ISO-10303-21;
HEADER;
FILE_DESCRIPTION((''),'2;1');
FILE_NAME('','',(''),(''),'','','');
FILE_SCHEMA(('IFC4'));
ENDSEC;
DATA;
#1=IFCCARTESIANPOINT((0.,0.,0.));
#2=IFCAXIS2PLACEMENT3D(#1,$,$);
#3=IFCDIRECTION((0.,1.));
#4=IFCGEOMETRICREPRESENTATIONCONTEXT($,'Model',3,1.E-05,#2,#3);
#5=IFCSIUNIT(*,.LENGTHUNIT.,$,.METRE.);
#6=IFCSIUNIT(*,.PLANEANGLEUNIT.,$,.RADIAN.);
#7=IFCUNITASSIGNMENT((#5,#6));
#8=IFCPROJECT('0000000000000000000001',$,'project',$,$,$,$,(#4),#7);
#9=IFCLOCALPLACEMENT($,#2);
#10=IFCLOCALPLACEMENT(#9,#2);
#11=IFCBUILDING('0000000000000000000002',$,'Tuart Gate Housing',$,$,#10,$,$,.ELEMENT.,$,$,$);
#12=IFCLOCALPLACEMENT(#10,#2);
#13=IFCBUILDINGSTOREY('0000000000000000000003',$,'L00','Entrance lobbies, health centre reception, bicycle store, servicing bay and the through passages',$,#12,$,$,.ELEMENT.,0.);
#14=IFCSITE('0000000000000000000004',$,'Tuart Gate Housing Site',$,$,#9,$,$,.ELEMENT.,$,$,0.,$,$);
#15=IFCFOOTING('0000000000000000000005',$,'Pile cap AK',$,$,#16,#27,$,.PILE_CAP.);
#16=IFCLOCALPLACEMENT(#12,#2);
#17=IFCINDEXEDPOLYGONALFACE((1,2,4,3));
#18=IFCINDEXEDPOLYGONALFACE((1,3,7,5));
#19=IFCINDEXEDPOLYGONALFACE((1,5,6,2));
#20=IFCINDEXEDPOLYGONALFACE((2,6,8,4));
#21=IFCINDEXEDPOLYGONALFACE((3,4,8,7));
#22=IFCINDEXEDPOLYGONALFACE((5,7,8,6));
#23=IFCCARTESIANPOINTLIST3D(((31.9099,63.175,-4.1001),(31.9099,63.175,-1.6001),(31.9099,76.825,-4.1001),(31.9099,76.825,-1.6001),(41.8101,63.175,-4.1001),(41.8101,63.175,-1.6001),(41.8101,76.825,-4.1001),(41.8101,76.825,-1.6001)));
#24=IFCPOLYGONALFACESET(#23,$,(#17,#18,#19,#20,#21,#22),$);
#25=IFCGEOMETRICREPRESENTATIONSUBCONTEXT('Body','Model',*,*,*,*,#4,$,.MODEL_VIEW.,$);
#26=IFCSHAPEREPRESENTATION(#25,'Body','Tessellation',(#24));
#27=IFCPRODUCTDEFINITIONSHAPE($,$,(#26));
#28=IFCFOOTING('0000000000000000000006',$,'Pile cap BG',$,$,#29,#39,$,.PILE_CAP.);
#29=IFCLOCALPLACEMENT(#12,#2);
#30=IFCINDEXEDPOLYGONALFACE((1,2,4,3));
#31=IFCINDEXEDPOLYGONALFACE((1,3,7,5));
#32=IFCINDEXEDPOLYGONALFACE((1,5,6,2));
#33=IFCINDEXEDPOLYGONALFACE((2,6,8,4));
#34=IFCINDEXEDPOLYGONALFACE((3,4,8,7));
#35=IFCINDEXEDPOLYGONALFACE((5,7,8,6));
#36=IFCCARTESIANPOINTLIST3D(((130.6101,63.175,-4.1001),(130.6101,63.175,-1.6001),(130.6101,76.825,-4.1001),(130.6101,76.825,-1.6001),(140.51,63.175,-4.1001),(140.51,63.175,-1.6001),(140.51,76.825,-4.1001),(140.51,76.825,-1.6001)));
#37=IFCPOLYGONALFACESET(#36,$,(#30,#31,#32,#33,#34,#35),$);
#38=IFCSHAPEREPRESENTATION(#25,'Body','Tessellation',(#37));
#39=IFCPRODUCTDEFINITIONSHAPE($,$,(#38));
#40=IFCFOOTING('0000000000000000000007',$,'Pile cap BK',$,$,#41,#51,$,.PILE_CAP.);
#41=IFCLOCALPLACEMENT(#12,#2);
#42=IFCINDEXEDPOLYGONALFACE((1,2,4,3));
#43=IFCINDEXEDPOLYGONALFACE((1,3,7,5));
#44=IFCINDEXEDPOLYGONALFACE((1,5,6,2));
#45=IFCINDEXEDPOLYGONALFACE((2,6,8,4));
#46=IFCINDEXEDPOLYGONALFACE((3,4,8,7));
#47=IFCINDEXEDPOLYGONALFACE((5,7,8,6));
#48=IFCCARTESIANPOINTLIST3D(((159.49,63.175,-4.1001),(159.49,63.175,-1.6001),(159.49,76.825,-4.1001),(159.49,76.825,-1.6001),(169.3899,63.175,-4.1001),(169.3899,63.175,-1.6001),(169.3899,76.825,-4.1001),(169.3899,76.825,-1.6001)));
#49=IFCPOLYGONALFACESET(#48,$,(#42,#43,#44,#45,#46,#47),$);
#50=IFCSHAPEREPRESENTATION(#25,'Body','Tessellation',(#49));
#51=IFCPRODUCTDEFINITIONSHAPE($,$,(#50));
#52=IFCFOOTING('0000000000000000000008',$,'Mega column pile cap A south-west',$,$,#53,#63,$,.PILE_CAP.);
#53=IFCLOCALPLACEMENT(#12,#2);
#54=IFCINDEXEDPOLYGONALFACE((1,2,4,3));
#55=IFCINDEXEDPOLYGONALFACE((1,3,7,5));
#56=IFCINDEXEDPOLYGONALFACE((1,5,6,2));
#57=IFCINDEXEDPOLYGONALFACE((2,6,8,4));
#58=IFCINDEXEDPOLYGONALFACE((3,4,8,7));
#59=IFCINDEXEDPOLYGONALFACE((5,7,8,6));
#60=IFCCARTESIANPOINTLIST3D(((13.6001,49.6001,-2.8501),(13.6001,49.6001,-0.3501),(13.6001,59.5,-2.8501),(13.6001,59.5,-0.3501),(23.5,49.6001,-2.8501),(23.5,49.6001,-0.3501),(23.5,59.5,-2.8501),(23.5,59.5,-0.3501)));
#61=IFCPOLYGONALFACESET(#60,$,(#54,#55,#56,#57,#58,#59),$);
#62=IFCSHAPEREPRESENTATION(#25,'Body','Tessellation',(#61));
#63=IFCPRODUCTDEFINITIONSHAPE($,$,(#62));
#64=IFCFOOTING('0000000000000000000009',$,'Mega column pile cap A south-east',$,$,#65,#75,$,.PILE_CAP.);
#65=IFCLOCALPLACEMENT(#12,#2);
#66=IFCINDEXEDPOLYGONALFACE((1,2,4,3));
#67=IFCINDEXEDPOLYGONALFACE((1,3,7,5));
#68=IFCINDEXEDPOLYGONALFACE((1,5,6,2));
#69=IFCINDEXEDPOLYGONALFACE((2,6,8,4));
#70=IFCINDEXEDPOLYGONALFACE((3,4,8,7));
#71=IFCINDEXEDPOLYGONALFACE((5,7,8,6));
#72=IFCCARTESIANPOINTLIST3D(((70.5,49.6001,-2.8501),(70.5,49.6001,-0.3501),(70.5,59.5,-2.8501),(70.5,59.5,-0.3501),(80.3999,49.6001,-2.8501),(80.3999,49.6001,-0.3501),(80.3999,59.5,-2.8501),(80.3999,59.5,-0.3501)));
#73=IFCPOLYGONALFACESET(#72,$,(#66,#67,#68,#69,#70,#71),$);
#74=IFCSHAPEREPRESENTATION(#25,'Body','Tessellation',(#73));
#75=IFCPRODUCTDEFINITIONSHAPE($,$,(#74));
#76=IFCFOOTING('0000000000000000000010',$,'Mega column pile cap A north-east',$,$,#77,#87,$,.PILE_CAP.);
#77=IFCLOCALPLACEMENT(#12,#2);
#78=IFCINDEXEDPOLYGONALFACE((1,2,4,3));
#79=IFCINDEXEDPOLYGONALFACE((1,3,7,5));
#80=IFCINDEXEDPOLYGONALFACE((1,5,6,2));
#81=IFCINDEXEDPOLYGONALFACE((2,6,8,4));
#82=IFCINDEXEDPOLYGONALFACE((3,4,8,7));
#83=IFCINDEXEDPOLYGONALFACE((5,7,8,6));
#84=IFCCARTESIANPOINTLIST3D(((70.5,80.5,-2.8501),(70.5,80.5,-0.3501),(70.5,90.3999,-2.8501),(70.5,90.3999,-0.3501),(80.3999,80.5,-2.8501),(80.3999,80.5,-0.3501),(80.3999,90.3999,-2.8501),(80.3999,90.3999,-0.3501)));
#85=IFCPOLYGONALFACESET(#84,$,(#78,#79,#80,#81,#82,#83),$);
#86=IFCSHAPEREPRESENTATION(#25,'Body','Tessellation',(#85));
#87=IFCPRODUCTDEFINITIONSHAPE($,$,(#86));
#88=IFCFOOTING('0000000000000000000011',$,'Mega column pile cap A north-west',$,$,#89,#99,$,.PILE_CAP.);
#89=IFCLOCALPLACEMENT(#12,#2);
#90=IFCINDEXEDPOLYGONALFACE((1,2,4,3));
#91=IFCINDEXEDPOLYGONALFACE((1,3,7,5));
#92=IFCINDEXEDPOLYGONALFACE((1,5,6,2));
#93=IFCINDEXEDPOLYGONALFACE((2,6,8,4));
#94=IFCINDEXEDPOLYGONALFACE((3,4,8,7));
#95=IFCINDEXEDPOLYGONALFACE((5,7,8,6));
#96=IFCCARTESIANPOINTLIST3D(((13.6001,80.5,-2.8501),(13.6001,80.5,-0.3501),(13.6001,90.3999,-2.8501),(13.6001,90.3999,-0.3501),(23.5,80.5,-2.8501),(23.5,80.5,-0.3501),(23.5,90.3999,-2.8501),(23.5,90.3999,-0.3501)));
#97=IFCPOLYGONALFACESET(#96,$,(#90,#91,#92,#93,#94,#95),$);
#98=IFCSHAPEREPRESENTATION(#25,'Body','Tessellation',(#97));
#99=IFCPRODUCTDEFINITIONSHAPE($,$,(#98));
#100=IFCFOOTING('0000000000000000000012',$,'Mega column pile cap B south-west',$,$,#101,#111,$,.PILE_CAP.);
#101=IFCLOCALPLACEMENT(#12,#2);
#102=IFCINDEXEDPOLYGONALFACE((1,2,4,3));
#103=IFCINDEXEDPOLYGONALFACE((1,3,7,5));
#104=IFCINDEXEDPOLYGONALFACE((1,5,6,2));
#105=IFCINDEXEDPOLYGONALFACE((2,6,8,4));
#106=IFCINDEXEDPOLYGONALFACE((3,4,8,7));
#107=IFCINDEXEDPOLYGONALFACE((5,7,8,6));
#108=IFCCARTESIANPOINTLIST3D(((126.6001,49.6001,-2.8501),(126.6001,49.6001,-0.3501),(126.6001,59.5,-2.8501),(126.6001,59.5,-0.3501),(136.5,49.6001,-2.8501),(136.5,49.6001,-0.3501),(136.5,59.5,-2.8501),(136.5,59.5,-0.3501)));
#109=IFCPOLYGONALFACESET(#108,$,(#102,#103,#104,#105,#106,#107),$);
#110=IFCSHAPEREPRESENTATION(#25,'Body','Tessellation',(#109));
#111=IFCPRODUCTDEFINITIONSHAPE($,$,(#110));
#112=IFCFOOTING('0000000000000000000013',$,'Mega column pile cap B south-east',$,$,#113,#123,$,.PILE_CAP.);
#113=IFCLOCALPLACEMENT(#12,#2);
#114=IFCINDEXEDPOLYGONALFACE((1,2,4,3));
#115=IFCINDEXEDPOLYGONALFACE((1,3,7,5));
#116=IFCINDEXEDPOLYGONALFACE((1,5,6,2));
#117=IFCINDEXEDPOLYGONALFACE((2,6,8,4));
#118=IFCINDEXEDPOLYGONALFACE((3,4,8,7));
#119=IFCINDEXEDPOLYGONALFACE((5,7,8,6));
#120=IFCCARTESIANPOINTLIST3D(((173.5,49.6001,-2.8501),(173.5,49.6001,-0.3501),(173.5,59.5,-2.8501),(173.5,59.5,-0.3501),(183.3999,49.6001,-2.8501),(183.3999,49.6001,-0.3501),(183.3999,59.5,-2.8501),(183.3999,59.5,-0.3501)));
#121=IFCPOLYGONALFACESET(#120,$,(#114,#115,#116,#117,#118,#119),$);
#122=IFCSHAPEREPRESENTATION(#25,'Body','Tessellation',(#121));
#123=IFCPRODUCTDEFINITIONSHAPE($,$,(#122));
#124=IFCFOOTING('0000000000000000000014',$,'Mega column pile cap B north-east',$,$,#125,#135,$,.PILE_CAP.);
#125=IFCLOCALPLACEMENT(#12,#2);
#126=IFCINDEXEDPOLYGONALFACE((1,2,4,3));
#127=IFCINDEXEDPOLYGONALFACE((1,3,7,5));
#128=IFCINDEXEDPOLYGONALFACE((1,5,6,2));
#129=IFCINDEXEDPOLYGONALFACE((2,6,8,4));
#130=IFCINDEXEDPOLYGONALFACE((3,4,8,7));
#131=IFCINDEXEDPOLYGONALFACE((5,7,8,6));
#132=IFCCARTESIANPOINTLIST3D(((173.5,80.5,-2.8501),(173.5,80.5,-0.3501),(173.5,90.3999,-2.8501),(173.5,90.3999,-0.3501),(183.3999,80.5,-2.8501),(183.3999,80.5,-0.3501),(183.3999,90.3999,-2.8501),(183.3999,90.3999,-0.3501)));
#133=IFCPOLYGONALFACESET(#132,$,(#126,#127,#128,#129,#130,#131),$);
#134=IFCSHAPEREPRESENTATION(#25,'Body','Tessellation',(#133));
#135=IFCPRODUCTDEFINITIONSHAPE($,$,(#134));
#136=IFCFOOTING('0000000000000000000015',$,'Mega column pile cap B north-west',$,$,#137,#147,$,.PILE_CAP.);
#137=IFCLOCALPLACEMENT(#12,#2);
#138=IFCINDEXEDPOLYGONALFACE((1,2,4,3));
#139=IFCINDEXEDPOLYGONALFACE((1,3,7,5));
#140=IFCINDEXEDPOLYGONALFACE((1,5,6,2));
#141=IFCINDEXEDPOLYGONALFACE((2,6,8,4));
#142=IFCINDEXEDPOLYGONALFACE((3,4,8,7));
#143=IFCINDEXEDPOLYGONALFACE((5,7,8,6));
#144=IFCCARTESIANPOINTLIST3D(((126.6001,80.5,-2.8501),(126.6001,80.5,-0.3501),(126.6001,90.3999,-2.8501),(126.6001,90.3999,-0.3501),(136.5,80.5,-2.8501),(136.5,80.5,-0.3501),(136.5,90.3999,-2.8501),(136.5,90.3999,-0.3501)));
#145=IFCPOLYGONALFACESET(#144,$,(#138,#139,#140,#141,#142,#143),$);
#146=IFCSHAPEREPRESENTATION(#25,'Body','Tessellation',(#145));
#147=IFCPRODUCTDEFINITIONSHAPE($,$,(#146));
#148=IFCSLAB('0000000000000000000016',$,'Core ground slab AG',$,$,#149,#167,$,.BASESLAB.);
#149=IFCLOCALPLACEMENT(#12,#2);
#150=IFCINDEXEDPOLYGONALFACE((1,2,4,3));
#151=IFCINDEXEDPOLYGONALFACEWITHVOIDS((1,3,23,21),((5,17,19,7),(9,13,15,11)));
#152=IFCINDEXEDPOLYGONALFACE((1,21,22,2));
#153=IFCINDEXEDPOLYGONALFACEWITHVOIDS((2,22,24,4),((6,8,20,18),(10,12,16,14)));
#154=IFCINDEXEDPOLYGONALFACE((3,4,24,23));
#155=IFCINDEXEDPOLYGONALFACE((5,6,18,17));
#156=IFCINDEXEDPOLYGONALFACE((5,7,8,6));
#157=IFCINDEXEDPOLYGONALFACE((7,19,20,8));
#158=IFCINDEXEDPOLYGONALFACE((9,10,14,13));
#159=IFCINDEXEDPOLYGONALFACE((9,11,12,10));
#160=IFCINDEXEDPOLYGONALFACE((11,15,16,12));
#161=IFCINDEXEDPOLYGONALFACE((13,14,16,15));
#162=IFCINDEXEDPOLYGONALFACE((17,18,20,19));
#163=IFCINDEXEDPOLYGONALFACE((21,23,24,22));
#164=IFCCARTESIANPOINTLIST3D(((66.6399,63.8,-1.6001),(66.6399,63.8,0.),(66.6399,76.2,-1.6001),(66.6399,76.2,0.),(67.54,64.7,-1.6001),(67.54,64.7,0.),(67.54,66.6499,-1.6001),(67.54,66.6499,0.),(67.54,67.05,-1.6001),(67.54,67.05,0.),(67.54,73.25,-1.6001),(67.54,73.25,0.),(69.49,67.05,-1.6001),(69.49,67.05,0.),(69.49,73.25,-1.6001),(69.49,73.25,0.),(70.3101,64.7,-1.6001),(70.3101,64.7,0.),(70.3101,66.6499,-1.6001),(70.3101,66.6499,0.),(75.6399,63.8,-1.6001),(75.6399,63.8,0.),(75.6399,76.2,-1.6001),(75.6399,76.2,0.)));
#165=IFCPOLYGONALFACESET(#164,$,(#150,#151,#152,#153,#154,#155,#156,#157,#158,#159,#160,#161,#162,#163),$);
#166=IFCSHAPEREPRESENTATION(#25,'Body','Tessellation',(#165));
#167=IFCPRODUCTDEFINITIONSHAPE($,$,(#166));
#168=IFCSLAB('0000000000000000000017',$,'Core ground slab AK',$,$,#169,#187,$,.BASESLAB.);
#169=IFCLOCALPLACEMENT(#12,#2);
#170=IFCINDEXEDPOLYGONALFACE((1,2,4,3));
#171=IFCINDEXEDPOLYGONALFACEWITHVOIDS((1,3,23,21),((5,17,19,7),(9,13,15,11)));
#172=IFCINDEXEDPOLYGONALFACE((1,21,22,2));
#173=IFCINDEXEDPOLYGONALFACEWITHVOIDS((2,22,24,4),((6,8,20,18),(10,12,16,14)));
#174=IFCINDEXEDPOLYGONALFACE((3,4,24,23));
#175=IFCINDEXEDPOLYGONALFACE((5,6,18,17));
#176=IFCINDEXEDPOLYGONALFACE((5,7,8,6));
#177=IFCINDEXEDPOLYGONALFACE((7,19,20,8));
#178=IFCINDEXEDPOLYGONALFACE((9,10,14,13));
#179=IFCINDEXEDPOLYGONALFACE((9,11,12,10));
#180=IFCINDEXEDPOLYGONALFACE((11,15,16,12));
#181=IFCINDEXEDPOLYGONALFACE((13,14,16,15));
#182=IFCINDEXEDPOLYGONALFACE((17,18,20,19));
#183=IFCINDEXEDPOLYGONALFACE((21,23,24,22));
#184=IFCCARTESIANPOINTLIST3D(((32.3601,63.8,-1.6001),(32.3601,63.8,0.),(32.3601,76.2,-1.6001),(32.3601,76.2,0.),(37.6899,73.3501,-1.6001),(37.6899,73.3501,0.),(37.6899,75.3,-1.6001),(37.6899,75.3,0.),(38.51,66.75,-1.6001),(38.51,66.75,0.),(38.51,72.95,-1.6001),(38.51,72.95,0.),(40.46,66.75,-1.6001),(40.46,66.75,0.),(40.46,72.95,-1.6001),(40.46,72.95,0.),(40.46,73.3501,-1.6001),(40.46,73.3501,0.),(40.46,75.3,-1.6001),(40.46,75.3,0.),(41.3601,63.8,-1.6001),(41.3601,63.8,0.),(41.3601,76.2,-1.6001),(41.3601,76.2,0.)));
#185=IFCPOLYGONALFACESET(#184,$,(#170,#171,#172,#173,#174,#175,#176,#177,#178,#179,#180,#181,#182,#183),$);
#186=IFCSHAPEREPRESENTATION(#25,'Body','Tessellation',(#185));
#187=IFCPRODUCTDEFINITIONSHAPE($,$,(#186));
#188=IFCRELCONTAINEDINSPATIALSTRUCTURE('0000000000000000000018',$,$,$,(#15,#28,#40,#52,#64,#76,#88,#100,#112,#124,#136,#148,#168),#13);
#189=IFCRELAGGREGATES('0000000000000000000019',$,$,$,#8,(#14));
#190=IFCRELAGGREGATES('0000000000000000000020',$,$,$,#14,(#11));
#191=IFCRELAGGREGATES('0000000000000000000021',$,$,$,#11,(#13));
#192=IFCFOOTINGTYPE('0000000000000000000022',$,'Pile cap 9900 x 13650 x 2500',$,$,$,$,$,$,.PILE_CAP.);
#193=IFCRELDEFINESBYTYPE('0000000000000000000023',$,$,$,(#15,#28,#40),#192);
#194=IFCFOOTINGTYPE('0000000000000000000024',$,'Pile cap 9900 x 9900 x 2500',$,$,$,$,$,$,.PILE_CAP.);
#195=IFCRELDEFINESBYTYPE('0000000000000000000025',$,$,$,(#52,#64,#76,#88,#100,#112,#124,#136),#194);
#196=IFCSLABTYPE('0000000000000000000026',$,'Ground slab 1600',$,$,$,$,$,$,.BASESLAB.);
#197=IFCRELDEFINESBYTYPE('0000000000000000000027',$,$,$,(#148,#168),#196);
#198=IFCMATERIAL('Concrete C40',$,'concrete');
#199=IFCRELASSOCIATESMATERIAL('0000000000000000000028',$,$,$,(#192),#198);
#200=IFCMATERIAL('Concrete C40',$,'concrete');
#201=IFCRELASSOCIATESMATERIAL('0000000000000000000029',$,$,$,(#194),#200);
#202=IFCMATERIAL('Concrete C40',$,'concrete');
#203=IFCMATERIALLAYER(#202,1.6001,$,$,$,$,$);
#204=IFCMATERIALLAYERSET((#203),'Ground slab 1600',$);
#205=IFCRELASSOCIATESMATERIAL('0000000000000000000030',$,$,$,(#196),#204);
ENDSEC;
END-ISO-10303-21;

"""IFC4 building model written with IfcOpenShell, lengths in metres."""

from ifc_helpers import new_model, si_unit, direction, frame, origin, place, context, subcontext, project, spatial, polyline, outline, extrude, material, layer, layer_set, type_object, element, save


model = new_model("IFC4")

# Units and contexts
model_context = context("Model", 3, precision=1e-05, world=origin(), true_north=direction((0.0, 1.0)))
body_context = subcontext(model_context, "Body", "Model", "MODEL_VIEW")
ifc_project = project(units=[si_unit("LENGTHUNIT", "METRE"), si_unit("PLANEANGLEUNIT", "RADIAN")], contexts=[model_context])

# Site, building, storey
site_placement = place(None, origin())
site = spatial("IfcSite", under=ifc_project, at=site_placement, Name="Tuart Gate Housing Site", CompositionType="ELEMENT", RefElevation=0.0)
building_placement = place(site_placement, origin())
building = spatial("IfcBuilding", under=site, at=building_placement, Name="Tuart Gate Housing", CompositionType="ELEMENT")
storey_placement = place(building_placement, origin())
storey = spatial("IfcBuildingStorey", under=building, at=storey_placement, Name="L00", Description="Entrance lobbies, health centre reception, bicycle store, servicing bay and the through passages", CompositionType="ELEMENT", Elevation=0.0)

# Footings
ifc_material_1 = material(Name="Concrete C40", Category="concrete")
footing_type_1 = type_object("IfcFootingType", Name="Pile cap 9900 x 13650 x 2500", PredefinedType="PILE_CAP", material=ifc_material_1)
footing_1_placement = place(storey_placement, frame((0.0, 0.0, -4.1001)))
element("IfcFooting", 1, at=footing_1_placement, inside=storey, type_object=footing_type_1, Name="Pile cap AK", PredefinedType="PILE_CAP", context=body_context, shape_type="SweptSolid", body=[
    extrude(outline(polyline([(31.9099, 63.175), (41.8101, 63.175), (41.8101, 76.825), (31.9099, 76.825), (31.9099, 63.175)])), origin(), (0.0, 0.0, 1.0), 2.5),
])
footing_2_placement = place(storey_placement, frame((0.0, 0.0, -4.1001)))
element("IfcFooting", 2, at=footing_2_placement, inside=storey, type_object=footing_type_1, Name="Pile cap BG", PredefinedType="PILE_CAP", context=body_context, shape_type="SweptSolid", body=[
    extrude(outline(polyline([(130.6101, 63.175), (140.51, 63.175), (140.51, 76.825), (130.6101, 76.825), (130.6101, 63.175)])), origin(), (0.0, 0.0, 1.0), 2.5),
])
footing_3_placement = place(storey_placement, frame((0.0, 0.0, -4.1001)))
element("IfcFooting", 3, at=footing_3_placement, inside=storey, type_object=footing_type_1, Name="Pile cap BK", PredefinedType="PILE_CAP", context=body_context, shape_type="SweptSolid", body=[
    extrude(outline(polyline([(159.49, 63.175), (169.3899, 63.175), (169.3899, 76.825), (159.49, 76.825), (159.49, 63.175)])), origin(), (0.0, 0.0, 1.0), 2.5),
])
ifc_material_2 = material(Name="Concrete C40", Category="concrete")
footing_type_2 = type_object("IfcFootingType", Name="Pile cap 9900 x 9900 x 2500", PredefinedType="PILE_CAP", material=ifc_material_2)
footing_4_placement = place(storey_placement, frame((0.0, 0.0, -2.8501)))
element("IfcFooting", 4, at=footing_4_placement, inside=storey, type_object=footing_type_2, Name="Mega column pile cap A south-west", PredefinedType="PILE_CAP", context=body_context, shape_type="SweptSolid", body=[
    extrude(outline(polyline([(13.6001, 49.6001), (23.5, 49.6001), (23.5, 59.5), (13.6001, 59.5), (13.6001, 49.6001)])), origin(), (0.0, 0.0, 1.0), 2.5),
])
footing_5_placement = place(storey_placement, frame((0.0, 0.0, -2.8501)))
element("IfcFooting", 5, at=footing_5_placement, inside=storey, type_object=footing_type_2, Name="Mega column pile cap A south-east", PredefinedType="PILE_CAP", context=body_context, shape_type="SweptSolid", body=[
    extrude(outline(polyline([(70.5, 49.6001), (80.3999, 49.6001), (80.3999, 59.5), (70.5, 59.5), (70.5, 49.6001)])), origin(), (0.0, 0.0, 1.0), 2.5),
])
footing_6_placement = place(storey_placement, frame((0.0, 0.0, -2.8501)))
element("IfcFooting", 6, at=footing_6_placement, inside=storey, type_object=footing_type_2, Name="Mega column pile cap A north-east", PredefinedType="PILE_CAP", context=body_context, shape_type="SweptSolid", body=[
    extrude(outline(polyline([(70.5, 80.5), (80.3999, 80.5), (80.3999, 90.3999), (70.5, 90.3999), (70.5, 80.5)])), origin(), (0.0, 0.0, 1.0), 2.5),
])
footing_7_placement = place(storey_placement, frame((0.0, 0.0, -2.8501)))
element("IfcFooting", 7, at=footing_7_placement, inside=storey, type_object=footing_type_2, Name="Mega column pile cap A north-west", PredefinedType="PILE_CAP", context=body_context, shape_type="SweptSolid", body=[
    extrude(outline(polyline([(13.6001, 80.5), (23.5, 80.5), (23.5, 90.3999), (13.6001, 90.3999), (13.6001, 80.5)])), origin(), (0.0, 0.0, 1.0), 2.5),
])
footing_8_placement = place(storey_placement, frame((0.0, 0.0, -2.8501)))
element("IfcFooting", 8, at=footing_8_placement, inside=storey, type_object=footing_type_2, Name="Mega column pile cap B south-west", PredefinedType="PILE_CAP", context=body_context, shape_type="SweptSolid", body=[
    extrude(outline(polyline([(126.6001, 49.6001), (136.5, 49.6001), (136.5, 59.5), (126.6001, 59.5), (126.6001, 49.6001)])), origin(), (0.0, 0.0, 1.0), 2.5),
])
footing_9_placement = place(storey_placement, frame((0.0, 0.0, -2.8501)))
element("IfcFooting", 9, at=footing_9_placement, inside=storey, type_object=footing_type_2, Name="Mega column pile cap B south-east", PredefinedType="PILE_CAP", context=body_context, shape_type="SweptSolid", body=[
    extrude(outline(polyline([(173.5, 49.6001), (183.3999, 49.6001), (183.3999, 59.5), (173.5, 59.5), (173.5, 49.6001)])), origin(), (0.0, 0.0, 1.0), 2.5),
])
footing_10_placement = place(storey_placement, frame((0.0, 0.0, -2.8501)))
element("IfcFooting", 10, at=footing_10_placement, inside=storey, type_object=footing_type_2, Name="Mega column pile cap B north-east", PredefinedType="PILE_CAP", context=body_context, shape_type="SweptSolid", body=[
    extrude(outline(polyline([(173.5, 80.5), (183.3999, 80.5), (183.3999, 90.3999), (173.5, 90.3999), (173.5, 80.5)])), origin(), (0.0, 0.0, 1.0), 2.5),
])
footing_11_placement = place(storey_placement, frame((0.0, 0.0, -2.8501)))
element("IfcFooting", 11, at=footing_11_placement, inside=storey, type_object=footing_type_2, Name="Mega column pile cap B north-west", PredefinedType="PILE_CAP", context=body_context, shape_type="SweptSolid", body=[
    extrude(outline(polyline([(126.6001, 80.5), (136.5, 80.5), (136.5, 90.3999), (126.6001, 90.3999), (126.6001, 80.5)])), origin(), (0.0, 0.0, 1.0), 2.5),
])

# Slabs
ifc_material_3 = material(Name="Concrete C40", Category="concrete")
ifc_layer_1 = layer(ifc_material_3, 1.6001)
ifc_layer_set_1 = layer_set([ifc_layer_1], Name="Ground slab 1600")
slab_type_1 = type_object("IfcSlabType", Name="Ground slab 1600", PredefinedType="BASESLAB", material=ifc_layer_set_1)
slab_1_placement = place(storey_placement, frame((0.0, 0.0, -1.6001)))
element("IfcSlab", 12, at=slab_1_placement, inside=storey, type_object=slab_type_1, Name="Core ground slab AG", PredefinedType="BASESLAB", context=body_context, shape_type="SweptSolid", body=[
    extrude(outline(polyline([(66.6399, 76.2), (66.6399, 63.8), (75.6399, 63.8), (75.6399, 76.2), (66.6399, 76.2)]), holes=[polyline([(67.54, 66.6499), (70.3101, 66.6499), (70.3101, 64.7), (67.54, 64.7), (67.54, 66.6499)]), polyline([(69.49, 73.25), (69.49, 67.05), (67.54, 67.05), (67.54, 73.25), (69.49, 73.25)])]), origin(), (0.0, 0.0, 1.0), 1.6001),
])
slab_2_placement = place(storey_placement, frame((0.0, 0.0, -1.6001)))
element("IfcSlab", 13, at=slab_2_placement, inside=storey, type_object=slab_type_1, Name="Core ground slab AK", PredefinedType="BASESLAB", context=body_context, shape_type="SweptSolid", body=[
    extrude(outline(polyline([(32.3601, 76.2), (32.3601, 63.8), (41.3601, 63.8), (41.3601, 76.2), (32.3601, 76.2)]), holes=[polyline([(37.6899, 75.3), (40.46, 75.3), (40.46, 73.3501), (37.6899, 73.3501), (37.6899, 75.3)]), polyline([(40.46, 72.95), (40.46, 66.75), (38.51, 66.75), (38.51, 72.95), (40.46, 72.95)])]), origin(), (0.0, 0.0, 1.0), 1.6001),
])

save(model, "model.ifc")
